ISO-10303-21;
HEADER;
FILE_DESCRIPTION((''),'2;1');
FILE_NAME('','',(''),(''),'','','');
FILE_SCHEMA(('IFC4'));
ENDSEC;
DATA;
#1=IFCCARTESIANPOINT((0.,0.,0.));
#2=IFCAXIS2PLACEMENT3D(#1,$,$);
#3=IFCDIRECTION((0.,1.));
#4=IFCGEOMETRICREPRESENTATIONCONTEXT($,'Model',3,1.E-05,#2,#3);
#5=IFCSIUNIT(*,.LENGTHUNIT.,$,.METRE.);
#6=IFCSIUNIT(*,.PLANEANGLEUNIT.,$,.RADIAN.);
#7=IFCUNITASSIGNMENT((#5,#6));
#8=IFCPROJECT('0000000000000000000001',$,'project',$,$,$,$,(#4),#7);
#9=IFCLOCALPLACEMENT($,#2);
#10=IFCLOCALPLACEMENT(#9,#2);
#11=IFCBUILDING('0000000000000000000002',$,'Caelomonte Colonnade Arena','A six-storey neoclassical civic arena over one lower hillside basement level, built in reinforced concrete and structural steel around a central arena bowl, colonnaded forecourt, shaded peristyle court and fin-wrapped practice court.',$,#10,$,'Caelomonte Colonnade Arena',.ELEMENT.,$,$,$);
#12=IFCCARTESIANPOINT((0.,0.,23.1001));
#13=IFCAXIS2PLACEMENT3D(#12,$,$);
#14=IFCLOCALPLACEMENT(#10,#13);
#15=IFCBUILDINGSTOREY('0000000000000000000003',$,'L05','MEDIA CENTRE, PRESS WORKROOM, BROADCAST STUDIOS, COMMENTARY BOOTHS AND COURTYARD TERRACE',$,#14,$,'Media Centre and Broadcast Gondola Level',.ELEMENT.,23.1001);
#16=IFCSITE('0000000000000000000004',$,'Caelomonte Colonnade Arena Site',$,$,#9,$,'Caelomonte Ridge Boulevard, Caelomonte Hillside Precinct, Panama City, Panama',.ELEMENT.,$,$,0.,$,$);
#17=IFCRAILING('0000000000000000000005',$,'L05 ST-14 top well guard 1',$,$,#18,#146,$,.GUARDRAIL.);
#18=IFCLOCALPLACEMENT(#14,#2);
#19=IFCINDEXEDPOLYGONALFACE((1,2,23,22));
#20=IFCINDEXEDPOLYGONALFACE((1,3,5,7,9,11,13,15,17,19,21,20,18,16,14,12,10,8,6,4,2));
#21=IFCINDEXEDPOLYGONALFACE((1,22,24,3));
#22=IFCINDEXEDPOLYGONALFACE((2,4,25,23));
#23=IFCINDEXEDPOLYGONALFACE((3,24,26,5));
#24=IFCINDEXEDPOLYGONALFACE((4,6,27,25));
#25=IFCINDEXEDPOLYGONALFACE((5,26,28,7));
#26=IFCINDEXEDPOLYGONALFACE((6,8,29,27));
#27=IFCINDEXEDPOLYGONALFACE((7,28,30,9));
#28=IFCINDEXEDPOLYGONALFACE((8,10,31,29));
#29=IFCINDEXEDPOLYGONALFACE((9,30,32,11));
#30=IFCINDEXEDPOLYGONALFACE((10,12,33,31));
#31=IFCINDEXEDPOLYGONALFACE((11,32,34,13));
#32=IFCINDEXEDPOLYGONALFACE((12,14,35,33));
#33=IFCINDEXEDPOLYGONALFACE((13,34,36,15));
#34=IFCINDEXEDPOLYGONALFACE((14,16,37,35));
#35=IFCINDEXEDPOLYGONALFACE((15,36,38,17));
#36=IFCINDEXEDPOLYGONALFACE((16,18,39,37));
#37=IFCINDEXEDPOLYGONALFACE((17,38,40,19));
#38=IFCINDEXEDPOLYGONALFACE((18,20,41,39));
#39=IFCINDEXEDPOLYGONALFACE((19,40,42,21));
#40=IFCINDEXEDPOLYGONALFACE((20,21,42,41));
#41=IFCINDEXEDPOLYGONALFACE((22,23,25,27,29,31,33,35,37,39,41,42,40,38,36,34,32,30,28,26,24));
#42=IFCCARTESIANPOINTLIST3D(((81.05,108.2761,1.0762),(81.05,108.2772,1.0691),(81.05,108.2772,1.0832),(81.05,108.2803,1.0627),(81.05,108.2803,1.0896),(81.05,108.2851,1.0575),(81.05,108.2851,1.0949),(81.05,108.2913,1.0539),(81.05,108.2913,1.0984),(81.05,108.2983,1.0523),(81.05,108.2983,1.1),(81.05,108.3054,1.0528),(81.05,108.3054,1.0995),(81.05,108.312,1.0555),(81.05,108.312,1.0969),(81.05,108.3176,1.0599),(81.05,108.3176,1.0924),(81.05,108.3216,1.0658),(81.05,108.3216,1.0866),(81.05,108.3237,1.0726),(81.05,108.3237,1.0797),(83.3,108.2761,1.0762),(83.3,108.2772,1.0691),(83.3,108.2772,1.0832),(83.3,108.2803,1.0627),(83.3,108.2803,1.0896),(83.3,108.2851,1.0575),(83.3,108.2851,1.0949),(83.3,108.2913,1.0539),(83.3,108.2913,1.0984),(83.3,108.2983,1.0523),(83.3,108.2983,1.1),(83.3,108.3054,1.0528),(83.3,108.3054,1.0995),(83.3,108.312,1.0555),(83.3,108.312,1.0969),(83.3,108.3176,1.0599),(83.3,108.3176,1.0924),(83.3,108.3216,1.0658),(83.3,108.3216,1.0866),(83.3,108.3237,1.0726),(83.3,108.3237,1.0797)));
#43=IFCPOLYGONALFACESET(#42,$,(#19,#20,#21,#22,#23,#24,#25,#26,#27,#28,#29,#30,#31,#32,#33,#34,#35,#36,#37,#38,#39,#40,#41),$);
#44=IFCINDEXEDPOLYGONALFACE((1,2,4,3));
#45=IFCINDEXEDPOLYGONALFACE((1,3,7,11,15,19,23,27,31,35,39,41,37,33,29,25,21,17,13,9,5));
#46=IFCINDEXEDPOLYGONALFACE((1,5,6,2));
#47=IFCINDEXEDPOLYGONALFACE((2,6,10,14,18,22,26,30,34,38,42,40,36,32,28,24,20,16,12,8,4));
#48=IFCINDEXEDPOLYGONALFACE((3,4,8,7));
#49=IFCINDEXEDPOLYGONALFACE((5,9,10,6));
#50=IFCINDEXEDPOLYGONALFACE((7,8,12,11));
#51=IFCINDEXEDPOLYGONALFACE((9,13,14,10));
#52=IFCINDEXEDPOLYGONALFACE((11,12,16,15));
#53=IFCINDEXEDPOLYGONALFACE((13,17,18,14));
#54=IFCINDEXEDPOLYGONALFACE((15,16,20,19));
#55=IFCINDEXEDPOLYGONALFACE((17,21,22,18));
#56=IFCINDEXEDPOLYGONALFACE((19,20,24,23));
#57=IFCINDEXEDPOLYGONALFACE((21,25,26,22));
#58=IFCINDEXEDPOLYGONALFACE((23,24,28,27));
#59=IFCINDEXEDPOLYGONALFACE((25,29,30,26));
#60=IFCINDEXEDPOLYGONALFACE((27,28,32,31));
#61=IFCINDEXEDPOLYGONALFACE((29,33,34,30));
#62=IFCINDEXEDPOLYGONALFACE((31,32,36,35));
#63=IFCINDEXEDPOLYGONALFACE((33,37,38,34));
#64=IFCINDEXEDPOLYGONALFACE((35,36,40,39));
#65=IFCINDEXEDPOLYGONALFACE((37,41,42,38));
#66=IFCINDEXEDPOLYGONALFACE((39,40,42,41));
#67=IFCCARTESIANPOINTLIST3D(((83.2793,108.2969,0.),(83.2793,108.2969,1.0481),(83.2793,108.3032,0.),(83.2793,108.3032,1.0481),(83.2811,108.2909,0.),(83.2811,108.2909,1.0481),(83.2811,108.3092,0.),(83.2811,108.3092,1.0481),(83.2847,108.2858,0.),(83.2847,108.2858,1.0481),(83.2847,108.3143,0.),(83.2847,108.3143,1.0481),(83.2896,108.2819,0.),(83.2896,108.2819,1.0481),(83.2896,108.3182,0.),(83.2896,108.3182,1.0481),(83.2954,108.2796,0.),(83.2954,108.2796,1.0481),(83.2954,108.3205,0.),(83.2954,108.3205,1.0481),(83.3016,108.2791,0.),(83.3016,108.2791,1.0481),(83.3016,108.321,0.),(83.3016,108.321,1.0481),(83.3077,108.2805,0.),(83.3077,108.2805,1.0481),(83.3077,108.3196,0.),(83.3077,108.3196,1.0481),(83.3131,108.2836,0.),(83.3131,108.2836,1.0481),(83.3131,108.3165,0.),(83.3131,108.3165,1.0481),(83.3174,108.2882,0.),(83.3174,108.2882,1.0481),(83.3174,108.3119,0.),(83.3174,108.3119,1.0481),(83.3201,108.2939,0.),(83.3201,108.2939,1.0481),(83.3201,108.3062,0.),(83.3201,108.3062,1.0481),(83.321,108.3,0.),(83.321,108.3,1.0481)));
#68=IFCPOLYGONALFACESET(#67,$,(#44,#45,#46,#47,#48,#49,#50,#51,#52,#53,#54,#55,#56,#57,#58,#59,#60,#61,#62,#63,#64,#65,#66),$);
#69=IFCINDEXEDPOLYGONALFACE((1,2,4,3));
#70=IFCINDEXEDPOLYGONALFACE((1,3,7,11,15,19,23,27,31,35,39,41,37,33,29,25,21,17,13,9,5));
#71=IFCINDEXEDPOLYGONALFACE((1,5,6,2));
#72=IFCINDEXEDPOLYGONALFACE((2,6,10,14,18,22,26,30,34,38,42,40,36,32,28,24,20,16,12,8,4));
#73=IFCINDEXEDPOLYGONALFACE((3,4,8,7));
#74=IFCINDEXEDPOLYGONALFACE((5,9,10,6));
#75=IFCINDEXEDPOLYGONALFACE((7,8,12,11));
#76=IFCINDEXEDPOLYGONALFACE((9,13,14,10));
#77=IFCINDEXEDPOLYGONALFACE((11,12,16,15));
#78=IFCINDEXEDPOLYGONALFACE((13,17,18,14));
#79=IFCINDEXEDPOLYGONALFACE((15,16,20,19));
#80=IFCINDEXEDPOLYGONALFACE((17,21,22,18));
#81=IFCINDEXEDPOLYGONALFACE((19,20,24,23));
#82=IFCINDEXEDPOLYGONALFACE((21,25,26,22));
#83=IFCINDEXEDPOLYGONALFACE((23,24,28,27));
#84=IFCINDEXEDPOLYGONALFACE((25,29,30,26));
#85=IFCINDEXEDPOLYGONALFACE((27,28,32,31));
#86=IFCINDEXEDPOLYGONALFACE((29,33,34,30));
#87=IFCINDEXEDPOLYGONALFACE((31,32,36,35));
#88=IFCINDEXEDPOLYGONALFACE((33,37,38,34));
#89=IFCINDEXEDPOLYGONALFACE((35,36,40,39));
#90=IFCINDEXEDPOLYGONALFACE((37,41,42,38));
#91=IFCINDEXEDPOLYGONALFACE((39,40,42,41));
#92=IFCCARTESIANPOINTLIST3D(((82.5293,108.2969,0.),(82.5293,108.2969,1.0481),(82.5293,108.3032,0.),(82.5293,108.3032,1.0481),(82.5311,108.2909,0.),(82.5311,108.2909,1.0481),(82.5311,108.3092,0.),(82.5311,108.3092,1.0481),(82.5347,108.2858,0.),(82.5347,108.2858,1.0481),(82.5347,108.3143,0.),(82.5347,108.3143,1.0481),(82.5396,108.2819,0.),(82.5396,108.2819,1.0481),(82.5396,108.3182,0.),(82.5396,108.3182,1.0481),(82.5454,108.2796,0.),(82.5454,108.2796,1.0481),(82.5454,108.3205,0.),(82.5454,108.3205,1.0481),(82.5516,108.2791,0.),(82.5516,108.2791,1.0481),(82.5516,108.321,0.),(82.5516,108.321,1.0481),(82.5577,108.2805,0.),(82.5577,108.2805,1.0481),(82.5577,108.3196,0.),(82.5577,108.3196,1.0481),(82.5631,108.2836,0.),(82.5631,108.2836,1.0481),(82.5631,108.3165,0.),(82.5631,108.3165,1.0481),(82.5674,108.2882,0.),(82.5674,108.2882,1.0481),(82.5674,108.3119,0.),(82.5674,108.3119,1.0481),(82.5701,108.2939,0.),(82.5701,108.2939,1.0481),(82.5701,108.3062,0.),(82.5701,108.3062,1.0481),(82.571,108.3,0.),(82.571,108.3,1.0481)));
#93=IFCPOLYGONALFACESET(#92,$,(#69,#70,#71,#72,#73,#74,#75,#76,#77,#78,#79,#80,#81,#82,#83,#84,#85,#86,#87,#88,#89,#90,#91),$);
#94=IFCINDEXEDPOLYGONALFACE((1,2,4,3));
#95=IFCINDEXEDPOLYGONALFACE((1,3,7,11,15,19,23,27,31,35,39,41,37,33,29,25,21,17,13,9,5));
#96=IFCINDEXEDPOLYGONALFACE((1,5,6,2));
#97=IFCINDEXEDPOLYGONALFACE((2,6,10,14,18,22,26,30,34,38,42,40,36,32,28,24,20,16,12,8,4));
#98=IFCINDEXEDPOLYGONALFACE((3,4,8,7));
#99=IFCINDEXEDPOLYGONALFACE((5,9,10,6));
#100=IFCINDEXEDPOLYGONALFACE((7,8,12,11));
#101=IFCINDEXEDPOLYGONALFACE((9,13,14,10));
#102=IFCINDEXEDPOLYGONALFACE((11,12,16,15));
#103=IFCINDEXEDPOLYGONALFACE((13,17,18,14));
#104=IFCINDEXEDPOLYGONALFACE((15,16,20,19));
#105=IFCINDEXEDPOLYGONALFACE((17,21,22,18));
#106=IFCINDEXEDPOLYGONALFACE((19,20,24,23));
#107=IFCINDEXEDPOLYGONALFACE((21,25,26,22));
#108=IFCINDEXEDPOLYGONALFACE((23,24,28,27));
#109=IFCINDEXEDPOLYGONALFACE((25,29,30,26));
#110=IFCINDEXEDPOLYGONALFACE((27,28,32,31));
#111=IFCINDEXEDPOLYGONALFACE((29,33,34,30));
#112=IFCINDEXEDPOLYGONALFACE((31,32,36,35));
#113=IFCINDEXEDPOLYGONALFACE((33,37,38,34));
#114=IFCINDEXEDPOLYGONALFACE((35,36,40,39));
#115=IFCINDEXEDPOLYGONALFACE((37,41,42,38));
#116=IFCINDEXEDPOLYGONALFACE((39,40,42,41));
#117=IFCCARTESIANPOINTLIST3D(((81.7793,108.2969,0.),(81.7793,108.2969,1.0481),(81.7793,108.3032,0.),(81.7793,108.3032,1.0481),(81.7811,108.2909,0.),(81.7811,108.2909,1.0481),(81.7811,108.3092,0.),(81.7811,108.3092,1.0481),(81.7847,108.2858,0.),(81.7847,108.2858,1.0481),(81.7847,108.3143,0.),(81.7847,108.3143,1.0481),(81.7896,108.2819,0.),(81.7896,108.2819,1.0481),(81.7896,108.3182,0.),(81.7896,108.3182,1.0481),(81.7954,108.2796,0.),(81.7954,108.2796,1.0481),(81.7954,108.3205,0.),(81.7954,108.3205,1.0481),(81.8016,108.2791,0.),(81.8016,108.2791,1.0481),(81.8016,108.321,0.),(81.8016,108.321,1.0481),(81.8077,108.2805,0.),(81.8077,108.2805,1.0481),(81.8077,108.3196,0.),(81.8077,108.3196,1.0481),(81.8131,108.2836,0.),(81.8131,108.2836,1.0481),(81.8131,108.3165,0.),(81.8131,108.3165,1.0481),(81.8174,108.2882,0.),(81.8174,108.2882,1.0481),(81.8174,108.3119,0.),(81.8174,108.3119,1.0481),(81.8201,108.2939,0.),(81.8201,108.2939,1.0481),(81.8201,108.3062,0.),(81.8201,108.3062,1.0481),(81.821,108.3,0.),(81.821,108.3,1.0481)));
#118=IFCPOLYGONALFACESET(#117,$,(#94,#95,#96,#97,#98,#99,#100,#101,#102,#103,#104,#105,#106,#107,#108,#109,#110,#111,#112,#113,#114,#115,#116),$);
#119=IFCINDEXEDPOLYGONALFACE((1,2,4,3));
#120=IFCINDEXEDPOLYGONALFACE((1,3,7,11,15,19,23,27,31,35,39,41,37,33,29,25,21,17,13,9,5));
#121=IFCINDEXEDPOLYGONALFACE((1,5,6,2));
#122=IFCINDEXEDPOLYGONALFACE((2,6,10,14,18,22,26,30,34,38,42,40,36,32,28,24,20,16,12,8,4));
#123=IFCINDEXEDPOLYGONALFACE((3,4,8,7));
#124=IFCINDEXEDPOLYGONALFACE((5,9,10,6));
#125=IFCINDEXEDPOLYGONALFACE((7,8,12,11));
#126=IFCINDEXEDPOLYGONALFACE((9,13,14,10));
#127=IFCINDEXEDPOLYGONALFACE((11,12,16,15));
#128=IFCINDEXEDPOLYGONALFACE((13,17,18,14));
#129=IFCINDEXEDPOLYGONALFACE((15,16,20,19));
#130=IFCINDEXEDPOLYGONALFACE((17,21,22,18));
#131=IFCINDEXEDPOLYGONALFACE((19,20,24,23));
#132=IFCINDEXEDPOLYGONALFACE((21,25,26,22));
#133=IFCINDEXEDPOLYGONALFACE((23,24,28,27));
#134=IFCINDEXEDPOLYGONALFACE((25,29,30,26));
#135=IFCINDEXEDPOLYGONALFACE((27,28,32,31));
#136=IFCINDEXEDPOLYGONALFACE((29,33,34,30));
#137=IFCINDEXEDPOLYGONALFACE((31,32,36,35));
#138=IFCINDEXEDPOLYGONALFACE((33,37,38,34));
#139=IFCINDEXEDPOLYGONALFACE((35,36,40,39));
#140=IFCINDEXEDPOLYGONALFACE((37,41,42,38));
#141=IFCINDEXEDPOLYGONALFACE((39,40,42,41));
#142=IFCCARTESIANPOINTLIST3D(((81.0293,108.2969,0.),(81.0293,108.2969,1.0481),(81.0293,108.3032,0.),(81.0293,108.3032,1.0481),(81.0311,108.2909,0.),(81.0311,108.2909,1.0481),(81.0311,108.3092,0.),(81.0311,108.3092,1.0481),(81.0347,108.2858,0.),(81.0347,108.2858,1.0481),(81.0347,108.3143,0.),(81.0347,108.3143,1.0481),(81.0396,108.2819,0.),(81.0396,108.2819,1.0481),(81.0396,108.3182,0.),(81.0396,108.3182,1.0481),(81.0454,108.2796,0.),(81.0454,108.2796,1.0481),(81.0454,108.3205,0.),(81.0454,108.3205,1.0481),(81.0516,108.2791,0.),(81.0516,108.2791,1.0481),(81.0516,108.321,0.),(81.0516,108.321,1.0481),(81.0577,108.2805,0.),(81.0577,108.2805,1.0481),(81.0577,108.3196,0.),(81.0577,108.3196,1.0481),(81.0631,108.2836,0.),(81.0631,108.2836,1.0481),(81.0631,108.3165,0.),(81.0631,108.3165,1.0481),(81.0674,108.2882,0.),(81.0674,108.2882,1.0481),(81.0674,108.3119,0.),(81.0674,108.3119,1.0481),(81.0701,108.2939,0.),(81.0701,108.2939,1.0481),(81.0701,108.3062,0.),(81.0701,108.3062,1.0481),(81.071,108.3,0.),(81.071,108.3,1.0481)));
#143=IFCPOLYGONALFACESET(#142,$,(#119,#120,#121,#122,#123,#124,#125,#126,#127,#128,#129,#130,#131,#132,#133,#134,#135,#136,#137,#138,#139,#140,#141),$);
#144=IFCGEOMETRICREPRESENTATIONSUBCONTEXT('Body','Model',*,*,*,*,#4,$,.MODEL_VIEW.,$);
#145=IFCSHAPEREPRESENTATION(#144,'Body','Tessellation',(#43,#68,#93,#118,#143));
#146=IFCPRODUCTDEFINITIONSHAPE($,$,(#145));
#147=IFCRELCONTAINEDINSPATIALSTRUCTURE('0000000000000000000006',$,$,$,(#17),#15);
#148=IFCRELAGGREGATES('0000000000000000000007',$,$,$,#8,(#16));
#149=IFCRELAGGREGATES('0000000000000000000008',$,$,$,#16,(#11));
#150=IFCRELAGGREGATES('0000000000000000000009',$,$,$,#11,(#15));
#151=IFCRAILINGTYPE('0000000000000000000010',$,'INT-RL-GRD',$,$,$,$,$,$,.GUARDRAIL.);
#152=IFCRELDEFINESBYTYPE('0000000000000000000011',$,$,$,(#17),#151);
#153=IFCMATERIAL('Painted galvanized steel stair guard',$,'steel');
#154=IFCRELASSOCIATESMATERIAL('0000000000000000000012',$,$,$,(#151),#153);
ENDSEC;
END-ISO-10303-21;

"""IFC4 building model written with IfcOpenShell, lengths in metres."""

from ifc_helpers import new_model, si_unit, direction, frame, origin, origin_2d, place, context, subcontext, project, spatial, circle, extrude, material, type_object, element, save


model = new_model("IFC4")

# Units and contexts
model_context = context("Model", 3, precision=1e-05, world=origin(), true_north=direction((0.0, 1.0)))
body_context = subcontext(model_context, "Body", "Model", "MODEL_VIEW")
ifc_project = project(units=[si_unit("LENGTHUNIT", "METRE"), si_unit("PLANEANGLEUNIT", "RADIAN")], contexts=[model_context])

# Site, building, storey
site_placement = place(None, origin())
site = spatial("IfcSite", under=ifc_project, at=site_placement, Name="Caelomonte Colonnade Arena Site", LongName="Caelomonte Ridge Boulevard, Caelomonte Hillside Precinct, Panama City, Panama", CompositionType="ELEMENT", RefElevation=0.0)
building_placement = place(site_placement, origin())
building = spatial("IfcBuilding", under=site, at=building_placement, Name="Caelomonte Colonnade Arena", Description="A six-storey neoclassical civic arena over one lower hillside basement level, built in reinforced concrete and structural steel around a central arena bowl, colonnaded forecourt, shaded peristyle court and fin-wrapped practice court.", LongName="Caelomonte Colonnade Arena", CompositionType="ELEMENT")
storey_placement = place(building_placement, frame((0.0, 0.0, 23.1001)))
storey = spatial("IfcBuildingStorey", under=building, at=storey_placement, Name="L05", Description="MEDIA CENTRE, PRESS WORKROOM, BROADCAST STUDIOS, COMMENTARY BOOTHS AND COURTYARD TERRACE", LongName="Media Centre and Broadcast Gondola Level", CompositionType="ELEMENT", Elevation=23.1001)

# Railing
ifc_material_1 = material(Name="Painted galvanized steel stair guard", Category="steel")
railing_type = type_object("IfcRailingType", Name="INT-RL-GRD", PredefinedType="GUARDRAIL", material=ifc_material_1)
for number, where, name in (
    (1, (83.3, 108.3, 0.0), "L05 ST-14 top well guard 1"),
):
    element("IfcRailing", number, at=place(storey_placement, frame(where)), inside=storey, type_object=railing_type, Name=name, PredefinedType="GUARDRAIL", context=body_context, shape_type="SweptSolid", body=[
        extrude(circle(Radius=0.0239, at=origin_2d()), frame((0.0, 0.0, 1.0762), z_axis=(-1.0, 0.0, 0.0), x_axis=(0.0, -1.0, 0.0)), (0.0, 0.0, 1.0), 2.25),
        extrude(circle(Radius=0.021, at=origin_2d()), origin(), (0.0, 0.0, 1.0), 1.0481),
        extrude(circle(Radius=0.021, at=origin_2d()), frame((-0.75, 0.0, 0.0)), (0.0, 0.0, 1.0), 1.0481),
        extrude(circle(Radius=0.021, at=origin_2d()), frame((-1.5, 0.0, 0.0)), (0.0, 0.0, 1.0), 1.0481),
        extrude(circle(Radius=0.021, at=origin_2d()), frame((-2.25, 0.0, 0.0)), (0.0, 0.0, 1.0), 1.0481),
    ])

save(model, "model.ifc")
